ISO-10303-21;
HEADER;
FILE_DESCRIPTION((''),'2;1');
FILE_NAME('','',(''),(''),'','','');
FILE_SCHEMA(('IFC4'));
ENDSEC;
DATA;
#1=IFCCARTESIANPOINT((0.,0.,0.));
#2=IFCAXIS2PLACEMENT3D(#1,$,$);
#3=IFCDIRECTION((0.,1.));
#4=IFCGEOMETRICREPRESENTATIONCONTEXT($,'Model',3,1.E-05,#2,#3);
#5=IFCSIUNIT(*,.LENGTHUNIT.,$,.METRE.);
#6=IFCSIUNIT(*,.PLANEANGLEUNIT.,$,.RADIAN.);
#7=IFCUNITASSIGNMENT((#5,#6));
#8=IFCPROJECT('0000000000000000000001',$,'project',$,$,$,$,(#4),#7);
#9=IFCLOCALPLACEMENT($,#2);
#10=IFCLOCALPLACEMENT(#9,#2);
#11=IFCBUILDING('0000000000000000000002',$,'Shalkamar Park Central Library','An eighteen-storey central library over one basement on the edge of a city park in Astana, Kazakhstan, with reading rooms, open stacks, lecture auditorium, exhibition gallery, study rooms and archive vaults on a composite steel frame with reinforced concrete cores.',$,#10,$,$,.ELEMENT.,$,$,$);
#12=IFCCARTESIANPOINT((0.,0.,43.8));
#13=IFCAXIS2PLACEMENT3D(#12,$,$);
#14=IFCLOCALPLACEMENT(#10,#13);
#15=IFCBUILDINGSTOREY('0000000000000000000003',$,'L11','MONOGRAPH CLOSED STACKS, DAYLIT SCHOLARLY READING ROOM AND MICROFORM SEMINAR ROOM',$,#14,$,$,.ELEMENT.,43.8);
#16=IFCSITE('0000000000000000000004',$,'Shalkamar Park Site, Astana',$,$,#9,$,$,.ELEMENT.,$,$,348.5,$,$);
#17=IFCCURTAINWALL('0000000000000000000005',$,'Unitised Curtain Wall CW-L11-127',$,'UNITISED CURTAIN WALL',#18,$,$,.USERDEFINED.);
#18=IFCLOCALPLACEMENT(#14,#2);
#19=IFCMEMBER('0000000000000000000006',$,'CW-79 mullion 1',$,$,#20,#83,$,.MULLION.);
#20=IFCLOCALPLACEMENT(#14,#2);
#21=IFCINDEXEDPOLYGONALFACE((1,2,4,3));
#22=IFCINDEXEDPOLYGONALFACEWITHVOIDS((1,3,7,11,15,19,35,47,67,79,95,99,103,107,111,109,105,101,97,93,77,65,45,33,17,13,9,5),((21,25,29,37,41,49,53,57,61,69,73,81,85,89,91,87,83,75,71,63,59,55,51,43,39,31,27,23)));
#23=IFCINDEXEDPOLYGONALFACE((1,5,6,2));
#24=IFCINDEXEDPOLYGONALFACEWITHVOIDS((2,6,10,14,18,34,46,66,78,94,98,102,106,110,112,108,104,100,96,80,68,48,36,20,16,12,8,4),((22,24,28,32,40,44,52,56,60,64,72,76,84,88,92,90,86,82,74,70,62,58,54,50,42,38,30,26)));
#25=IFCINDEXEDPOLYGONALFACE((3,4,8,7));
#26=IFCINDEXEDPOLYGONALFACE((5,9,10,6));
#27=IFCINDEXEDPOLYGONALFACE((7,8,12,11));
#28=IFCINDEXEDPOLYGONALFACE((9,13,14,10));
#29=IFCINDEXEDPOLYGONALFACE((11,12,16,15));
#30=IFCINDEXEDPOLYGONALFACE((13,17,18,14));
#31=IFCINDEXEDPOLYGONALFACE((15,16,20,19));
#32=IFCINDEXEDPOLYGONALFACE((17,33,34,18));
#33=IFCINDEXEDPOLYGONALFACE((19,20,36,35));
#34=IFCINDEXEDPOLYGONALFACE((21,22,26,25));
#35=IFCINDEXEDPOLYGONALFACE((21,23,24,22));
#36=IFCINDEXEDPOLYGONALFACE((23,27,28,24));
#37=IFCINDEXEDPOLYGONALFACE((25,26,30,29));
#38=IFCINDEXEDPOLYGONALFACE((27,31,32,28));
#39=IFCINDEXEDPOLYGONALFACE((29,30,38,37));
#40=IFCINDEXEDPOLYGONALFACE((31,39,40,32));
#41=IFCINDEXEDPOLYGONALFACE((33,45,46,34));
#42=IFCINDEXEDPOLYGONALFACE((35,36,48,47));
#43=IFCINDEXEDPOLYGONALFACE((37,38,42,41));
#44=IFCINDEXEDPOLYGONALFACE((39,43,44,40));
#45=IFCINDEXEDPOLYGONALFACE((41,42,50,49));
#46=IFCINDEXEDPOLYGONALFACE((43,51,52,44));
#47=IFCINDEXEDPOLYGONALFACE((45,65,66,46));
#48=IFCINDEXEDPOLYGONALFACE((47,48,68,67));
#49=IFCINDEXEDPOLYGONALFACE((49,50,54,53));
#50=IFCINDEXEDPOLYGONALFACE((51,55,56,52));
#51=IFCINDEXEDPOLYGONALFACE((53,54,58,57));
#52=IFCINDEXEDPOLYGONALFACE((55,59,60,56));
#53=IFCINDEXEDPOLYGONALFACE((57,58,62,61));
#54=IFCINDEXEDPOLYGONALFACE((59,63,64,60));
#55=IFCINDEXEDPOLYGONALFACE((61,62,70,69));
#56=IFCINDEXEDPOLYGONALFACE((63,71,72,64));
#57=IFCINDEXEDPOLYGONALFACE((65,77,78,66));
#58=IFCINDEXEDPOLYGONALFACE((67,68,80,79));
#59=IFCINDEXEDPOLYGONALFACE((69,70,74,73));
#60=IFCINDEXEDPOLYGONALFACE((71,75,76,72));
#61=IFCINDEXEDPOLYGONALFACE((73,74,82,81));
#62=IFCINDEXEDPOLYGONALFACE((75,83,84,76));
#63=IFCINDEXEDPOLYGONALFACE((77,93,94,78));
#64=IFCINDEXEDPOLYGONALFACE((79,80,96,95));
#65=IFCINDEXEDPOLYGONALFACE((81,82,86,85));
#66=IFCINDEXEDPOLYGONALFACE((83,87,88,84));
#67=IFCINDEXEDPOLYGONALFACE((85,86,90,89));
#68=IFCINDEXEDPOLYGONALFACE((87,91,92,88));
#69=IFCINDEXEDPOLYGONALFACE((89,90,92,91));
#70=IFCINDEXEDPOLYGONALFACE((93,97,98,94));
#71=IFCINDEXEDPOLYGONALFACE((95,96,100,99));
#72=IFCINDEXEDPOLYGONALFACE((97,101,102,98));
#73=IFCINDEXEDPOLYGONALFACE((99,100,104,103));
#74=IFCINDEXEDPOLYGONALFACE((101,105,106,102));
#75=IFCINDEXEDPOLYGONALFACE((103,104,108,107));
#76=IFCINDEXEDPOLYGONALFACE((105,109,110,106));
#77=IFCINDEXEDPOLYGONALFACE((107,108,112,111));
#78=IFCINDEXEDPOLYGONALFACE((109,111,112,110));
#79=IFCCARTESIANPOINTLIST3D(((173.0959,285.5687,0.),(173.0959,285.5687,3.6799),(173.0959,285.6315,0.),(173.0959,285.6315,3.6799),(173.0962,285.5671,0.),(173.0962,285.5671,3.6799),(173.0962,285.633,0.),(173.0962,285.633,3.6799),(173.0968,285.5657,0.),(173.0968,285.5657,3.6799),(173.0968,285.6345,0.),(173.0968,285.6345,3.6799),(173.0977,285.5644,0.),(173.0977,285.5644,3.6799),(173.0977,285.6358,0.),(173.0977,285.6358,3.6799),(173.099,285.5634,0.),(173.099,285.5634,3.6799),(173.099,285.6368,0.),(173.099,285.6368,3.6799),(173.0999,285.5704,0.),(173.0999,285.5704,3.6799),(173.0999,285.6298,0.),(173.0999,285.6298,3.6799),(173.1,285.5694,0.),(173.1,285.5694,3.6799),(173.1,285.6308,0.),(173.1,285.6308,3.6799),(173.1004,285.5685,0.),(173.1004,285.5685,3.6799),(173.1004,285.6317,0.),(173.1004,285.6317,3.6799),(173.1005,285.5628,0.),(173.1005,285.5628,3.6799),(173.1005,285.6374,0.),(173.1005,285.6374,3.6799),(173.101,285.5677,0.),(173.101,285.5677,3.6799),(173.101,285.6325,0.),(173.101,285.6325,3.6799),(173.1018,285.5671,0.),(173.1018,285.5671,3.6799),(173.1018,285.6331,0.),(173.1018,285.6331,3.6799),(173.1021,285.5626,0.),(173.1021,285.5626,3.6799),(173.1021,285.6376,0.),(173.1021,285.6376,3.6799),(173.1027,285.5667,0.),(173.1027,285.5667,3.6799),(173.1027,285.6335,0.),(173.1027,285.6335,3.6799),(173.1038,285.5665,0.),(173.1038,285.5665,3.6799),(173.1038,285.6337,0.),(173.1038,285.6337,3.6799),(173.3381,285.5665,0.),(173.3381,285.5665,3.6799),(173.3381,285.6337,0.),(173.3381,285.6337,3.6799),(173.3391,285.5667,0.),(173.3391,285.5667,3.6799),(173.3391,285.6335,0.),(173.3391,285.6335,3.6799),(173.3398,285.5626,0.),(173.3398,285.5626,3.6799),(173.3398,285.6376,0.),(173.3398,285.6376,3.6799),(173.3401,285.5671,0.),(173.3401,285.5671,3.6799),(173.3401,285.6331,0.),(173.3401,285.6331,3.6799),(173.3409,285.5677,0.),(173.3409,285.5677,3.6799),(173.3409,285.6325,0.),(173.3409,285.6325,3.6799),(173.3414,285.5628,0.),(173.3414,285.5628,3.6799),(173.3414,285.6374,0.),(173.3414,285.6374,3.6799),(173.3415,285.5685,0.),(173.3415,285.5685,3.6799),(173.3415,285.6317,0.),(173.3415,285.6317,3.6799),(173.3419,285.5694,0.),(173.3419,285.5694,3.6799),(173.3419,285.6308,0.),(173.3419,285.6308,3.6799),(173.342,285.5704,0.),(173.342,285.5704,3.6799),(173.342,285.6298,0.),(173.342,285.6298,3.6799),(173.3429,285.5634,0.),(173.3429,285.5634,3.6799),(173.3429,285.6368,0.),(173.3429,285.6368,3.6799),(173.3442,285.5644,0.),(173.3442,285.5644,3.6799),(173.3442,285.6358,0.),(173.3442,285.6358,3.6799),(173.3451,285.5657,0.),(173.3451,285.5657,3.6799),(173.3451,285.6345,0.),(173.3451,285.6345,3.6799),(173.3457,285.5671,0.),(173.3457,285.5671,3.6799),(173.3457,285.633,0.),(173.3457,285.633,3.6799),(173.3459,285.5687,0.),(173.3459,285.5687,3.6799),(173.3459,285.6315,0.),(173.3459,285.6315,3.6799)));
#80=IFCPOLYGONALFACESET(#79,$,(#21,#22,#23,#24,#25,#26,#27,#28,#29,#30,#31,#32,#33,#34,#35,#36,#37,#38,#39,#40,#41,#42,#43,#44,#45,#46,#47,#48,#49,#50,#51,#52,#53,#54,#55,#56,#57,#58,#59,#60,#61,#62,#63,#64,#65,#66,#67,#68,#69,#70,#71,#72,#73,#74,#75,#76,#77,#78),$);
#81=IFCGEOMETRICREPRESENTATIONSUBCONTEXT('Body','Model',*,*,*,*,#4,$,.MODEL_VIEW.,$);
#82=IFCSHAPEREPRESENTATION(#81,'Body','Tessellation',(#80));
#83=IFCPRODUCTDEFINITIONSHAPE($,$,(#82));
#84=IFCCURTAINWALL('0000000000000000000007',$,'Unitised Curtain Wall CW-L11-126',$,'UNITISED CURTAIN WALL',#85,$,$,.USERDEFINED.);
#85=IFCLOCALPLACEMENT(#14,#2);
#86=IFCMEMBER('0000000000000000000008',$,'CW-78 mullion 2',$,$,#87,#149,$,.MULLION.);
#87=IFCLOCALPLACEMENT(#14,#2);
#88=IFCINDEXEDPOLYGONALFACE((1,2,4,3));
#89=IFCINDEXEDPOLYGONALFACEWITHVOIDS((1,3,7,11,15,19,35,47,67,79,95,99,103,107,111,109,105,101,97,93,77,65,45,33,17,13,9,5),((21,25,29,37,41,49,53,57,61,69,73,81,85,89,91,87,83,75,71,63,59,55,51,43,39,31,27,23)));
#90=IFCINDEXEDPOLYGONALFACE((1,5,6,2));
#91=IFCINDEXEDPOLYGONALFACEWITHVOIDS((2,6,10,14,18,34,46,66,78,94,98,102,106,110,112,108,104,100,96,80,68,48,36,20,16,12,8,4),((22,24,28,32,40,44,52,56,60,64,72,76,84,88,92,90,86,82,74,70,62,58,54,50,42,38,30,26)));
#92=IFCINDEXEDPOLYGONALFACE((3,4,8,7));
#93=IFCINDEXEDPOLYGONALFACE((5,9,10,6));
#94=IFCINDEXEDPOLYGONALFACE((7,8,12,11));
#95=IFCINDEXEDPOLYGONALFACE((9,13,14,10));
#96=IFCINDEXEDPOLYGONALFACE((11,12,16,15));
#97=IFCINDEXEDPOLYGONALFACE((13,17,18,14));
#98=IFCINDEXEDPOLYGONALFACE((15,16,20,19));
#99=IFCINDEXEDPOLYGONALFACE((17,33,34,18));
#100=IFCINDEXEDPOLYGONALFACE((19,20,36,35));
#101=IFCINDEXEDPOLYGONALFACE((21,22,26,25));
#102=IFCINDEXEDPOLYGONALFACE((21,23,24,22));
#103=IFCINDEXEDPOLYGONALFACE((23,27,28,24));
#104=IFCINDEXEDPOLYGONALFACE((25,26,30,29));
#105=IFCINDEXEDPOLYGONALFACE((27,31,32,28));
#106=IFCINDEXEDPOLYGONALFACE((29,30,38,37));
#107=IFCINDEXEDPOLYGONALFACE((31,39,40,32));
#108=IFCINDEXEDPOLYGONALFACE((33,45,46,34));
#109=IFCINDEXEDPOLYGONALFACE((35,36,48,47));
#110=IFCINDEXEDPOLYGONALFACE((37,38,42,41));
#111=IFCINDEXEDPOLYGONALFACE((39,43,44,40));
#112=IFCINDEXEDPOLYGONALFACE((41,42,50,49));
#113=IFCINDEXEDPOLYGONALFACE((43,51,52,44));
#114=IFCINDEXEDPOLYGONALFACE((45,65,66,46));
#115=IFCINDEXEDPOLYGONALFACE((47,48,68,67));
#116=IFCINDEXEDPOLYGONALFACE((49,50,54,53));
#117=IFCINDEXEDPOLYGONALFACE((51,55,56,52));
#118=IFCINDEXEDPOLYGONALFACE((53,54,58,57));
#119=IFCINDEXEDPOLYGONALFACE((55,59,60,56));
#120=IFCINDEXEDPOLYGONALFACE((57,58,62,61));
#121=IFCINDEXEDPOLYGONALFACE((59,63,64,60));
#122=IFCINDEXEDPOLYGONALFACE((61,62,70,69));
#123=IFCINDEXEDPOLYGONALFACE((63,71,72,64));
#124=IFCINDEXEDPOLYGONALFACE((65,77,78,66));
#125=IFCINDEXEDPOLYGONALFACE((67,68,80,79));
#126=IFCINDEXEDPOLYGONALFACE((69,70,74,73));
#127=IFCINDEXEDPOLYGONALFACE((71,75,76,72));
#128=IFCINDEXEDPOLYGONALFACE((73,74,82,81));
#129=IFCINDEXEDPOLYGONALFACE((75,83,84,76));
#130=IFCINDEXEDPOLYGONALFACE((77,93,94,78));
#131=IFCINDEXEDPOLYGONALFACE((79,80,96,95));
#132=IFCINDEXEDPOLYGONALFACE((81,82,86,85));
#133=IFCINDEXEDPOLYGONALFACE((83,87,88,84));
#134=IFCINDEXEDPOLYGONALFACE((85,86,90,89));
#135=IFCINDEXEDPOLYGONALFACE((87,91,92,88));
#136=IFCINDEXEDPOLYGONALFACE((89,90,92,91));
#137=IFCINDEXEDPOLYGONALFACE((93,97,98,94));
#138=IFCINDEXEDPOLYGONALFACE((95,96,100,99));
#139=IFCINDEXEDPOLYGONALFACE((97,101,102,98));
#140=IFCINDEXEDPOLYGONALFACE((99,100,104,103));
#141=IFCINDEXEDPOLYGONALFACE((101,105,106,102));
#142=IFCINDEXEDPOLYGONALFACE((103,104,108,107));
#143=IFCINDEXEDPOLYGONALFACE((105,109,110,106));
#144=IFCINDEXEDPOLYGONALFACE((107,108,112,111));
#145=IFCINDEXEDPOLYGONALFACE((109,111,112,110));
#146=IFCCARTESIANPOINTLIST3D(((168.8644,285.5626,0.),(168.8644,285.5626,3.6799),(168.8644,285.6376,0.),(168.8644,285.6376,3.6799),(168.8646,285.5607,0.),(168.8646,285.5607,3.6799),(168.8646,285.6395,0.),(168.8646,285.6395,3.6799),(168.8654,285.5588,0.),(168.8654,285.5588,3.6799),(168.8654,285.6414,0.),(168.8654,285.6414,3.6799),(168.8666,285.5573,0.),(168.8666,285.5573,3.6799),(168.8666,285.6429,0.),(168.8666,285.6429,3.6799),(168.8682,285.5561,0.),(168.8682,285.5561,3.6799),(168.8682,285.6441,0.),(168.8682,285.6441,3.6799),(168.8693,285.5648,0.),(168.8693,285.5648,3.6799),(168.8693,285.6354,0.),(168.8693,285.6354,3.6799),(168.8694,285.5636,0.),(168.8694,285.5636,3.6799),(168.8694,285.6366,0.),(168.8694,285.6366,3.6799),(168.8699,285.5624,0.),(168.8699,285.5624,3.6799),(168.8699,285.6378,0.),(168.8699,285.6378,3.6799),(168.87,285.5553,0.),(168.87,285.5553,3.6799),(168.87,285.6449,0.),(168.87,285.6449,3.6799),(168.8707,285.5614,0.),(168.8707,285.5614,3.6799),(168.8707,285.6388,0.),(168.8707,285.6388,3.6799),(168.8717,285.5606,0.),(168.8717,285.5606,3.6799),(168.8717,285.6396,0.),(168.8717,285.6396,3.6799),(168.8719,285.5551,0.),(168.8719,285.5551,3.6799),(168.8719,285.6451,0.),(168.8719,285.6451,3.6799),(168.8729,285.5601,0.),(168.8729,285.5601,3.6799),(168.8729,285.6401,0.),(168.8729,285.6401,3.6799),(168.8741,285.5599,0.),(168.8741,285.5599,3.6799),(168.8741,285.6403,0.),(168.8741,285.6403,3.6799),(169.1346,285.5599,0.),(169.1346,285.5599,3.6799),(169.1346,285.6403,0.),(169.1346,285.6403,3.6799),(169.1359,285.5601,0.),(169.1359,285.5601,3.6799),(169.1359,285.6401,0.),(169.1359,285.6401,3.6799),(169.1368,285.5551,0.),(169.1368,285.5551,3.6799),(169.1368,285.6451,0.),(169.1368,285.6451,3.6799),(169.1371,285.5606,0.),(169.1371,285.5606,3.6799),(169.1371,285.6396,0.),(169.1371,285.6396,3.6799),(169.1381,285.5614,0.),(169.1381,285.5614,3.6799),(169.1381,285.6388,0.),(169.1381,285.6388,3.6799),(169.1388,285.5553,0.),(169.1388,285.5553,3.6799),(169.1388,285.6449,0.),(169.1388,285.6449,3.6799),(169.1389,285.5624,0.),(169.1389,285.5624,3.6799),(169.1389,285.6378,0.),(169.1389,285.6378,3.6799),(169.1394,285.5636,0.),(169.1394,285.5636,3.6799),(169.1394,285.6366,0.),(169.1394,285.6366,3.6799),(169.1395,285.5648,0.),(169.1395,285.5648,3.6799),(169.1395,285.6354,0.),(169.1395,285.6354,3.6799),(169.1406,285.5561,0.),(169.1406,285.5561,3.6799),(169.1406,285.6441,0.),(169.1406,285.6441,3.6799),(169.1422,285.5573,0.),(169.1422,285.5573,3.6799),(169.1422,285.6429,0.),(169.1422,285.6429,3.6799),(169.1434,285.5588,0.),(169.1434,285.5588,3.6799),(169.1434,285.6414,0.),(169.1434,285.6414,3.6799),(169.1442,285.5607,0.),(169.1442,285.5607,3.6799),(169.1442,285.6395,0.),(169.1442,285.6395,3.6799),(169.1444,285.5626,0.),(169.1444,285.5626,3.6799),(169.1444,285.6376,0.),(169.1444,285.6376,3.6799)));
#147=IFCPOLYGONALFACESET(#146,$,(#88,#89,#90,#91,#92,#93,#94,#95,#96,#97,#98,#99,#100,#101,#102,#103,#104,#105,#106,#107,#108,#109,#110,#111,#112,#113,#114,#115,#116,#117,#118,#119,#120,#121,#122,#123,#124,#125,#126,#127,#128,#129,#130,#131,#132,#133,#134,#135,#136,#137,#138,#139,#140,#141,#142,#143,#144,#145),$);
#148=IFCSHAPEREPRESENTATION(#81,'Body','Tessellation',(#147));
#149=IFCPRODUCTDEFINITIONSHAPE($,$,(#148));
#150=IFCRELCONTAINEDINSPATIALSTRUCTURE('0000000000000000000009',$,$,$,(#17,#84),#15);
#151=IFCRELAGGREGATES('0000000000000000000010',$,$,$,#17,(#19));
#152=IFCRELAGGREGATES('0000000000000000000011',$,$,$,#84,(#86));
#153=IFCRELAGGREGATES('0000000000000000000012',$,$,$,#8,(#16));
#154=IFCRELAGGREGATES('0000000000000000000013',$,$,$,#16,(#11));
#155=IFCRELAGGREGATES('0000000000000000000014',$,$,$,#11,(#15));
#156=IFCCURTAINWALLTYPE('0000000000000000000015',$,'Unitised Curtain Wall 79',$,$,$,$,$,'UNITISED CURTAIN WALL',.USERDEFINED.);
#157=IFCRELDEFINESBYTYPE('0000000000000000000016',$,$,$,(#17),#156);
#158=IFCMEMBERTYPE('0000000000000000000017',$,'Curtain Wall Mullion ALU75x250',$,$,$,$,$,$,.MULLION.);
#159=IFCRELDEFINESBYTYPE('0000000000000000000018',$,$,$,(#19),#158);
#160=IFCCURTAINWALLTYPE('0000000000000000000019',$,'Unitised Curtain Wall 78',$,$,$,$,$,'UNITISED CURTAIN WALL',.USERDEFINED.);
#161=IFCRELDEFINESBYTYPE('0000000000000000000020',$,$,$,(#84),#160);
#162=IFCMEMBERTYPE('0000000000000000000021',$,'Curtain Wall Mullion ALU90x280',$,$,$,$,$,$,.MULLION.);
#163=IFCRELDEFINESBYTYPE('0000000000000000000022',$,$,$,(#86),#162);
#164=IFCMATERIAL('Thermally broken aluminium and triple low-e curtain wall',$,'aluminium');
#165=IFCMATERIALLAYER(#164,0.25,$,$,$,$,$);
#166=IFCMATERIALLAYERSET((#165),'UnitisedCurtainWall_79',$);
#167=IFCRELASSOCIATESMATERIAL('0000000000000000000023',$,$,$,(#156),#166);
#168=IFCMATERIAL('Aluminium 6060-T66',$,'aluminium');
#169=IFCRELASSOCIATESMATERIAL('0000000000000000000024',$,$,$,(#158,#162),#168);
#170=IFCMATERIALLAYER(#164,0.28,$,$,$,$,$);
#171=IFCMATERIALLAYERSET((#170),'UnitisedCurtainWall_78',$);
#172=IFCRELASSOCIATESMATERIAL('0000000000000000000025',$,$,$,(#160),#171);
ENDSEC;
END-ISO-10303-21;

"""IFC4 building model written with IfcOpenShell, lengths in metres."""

from ifc_helpers import new_model, si_unit, direction, frame, origin, origin_2d, place, context, subcontext, project, spatial, hollow_rectangle, extrude, material, layer, layer_set, material_profile, profile_set, type_object, element, aggregate, save


model = new_model("IFC4")

# Units and contexts
model_context = context("Model", 3, precision=1e-05, world=origin(), true_north=direction((0.0, 1.0)))
body_context = subcontext(model_context, "Body", "Model", "MODEL_VIEW")
ifc_project = project(units=[si_unit("LENGTHUNIT", "METRE"), si_unit("PLANEANGLEUNIT", "RADIAN")], contexts=[model_context])

# Site, building, storey
site_placement = place(None, origin())
site = spatial("IfcSite", under=ifc_project, at=site_placement, Name="Shalkamar Park Site, Astana", CompositionType="ELEMENT", RefElevation=348.5)
building_placement = place(site_placement, origin())
building = spatial("IfcBuilding", under=site, at=building_placement, Name="Shalkamar Park Central Library", Description="An eighteen-storey central library over one basement on the edge of a city park in Astana, Kazakhstan, with reading rooms, open stacks, lecture auditorium, exhibition gallery, study rooms and archive vaults on a composite steel frame with reinforced concrete cores.", CompositionType="ELEMENT")
storey_placement = place(building_placement, frame((0.0, 0.0, 43.8)))
storey = spatial("IfcBuildingStorey", under=building, at=storey_placement, Name="L11", Description="MONOGRAPH CLOSED STACKS, DAYLIT SCHOLARLY READING ROOM AND MICROFORM SEMINAR ROOM", CompositionType="ELEMENT", Elevation=43.8)

# Curtain wall, member
ifc_material_1 = material(Name="Thermally broken aluminium and triple low-e curtain wall", Category="aluminium")
ifc_layer_1 = layer(ifc_material_1, 0.25)
ifc_layer_set_1 = layer_set([ifc_layer_1], Name="UnitisedCurtainWall_79")
curtain_wall_type_1 = type_object("IfcCurtainWallType", Name="Unitised Curtain Wall 79", ElementType="UNITISED CURTAIN WALL", PredefinedType="USERDEFINED", material=ifc_layer_set_1)
curtain_wall_1_placement = place(storey_placement, origin())
curtain_wall_1 = element("IfcCurtainWall", 1, at=curtain_wall_1_placement, inside=storey, type_object=curtain_wall_type_1, Name="Unitised Curtain Wall CW-L11-127", ObjectType="UNITISED CURTAIN WALL", PredefinedType="USERDEFINED")
ifc_material_2 = material(Name="Aluminium 6060-T66", Category="aluminium")
ifc_material_profile_1 = material_profile(ifc_material_2, hollow_rectangle(XDim=0.075, YDim=0.25, WallThickness=0.0039, InnerFilletRadius=0.0039, OuterFilletRadius=0.0061, at=origin_2d()), Name="ALU 75x250x4")
ifc_profile_set_1 = profile_set([ifc_material_profile_1], Name="Aluminium 6060-T66")
member_type_1 = type_object("IfcMemberType", Name="Curtain Wall Mullion ALU75x250", PredefinedType="MULLION", material=ifc_profile_set_1)
member_1_placement = place(storey_placement, frame((173.2209, 285.6001, 0.0), z_axis=(0.0, 0.0, 1.0), x_axis=(0.0, 1.0, 0.0)))
member_1 = element("IfcMember", 2, at=member_1_placement, type_object=member_type_1, Name="CW-79 mullion 1", PredefinedType="MULLION", context=body_context, shape_type="SweptSolid", body=[
    extrude(hollow_rectangle(XDim=0.075, YDim=0.25, WallThickness=0.0039, InnerFilletRadius=0.0039, OuterFilletRadius=0.0061, at=origin_2d()), origin(), (0.0, 0.0, 1.0), 3.6799),
])

# Curtain wall, member
ifc_layer_2 = layer(ifc_material_1, 0.28)
ifc_layer_set_2 = layer_set([ifc_layer_2], Name="UnitisedCurtainWall_78")
curtain_wall_type_2 = type_object("IfcCurtainWallType", Name="Unitised Curtain Wall 78", ElementType="UNITISED CURTAIN WALL", PredefinedType="USERDEFINED", material=ifc_layer_set_2)
curtain_wall_2_placement = place(storey_placement, origin())
curtain_wall_2 = element("IfcCurtainWall", 3, at=curtain_wall_2_placement, inside=storey, type_object=curtain_wall_type_2, Name="Unitised Curtain Wall CW-L11-126", ObjectType="UNITISED CURTAIN WALL", PredefinedType="USERDEFINED")
ifc_material_profile_2 = material_profile(ifc_material_2, hollow_rectangle(XDim=0.0901, YDim=0.28, WallThickness=0.0049, InnerFilletRadius=0.0049, OuterFilletRadius=0.0076, at=origin_2d()), Name="ALU 90x280x5")
ifc_profile_set_2 = profile_set([ifc_material_profile_2], Name="Aluminium 6060-T66")
member_type_2 = type_object("IfcMemberType", Name="Curtain Wall Mullion ALU90x280", PredefinedType="MULLION", material=ifc_profile_set_2)
member_2_placement = place(storey_placement, frame((169.0044, 285.6001, 0.0), z_axis=(0.0, 0.0, 1.0), x_axis=(0.0, 1.0, 0.0)))
member_2 = element("IfcMember", 4, at=member_2_placement, type_object=member_type_2, Name="CW-78 mullion 2", PredefinedType="MULLION", context=body_context, shape_type="SweptSolid", body=[
    extrude(hollow_rectangle(XDim=0.0901, YDim=0.28, WallThickness=0.0049, InnerFilletRadius=0.0049, OuterFilletRadius=0.0076, at=origin_2d()), origin(), (0.0, 0.0, 1.0), 3.6799),
])

aggregate(curtain_wall_1, [member_1])

aggregate(curtain_wall_2, [member_2])

save(model, "model.ifc")
